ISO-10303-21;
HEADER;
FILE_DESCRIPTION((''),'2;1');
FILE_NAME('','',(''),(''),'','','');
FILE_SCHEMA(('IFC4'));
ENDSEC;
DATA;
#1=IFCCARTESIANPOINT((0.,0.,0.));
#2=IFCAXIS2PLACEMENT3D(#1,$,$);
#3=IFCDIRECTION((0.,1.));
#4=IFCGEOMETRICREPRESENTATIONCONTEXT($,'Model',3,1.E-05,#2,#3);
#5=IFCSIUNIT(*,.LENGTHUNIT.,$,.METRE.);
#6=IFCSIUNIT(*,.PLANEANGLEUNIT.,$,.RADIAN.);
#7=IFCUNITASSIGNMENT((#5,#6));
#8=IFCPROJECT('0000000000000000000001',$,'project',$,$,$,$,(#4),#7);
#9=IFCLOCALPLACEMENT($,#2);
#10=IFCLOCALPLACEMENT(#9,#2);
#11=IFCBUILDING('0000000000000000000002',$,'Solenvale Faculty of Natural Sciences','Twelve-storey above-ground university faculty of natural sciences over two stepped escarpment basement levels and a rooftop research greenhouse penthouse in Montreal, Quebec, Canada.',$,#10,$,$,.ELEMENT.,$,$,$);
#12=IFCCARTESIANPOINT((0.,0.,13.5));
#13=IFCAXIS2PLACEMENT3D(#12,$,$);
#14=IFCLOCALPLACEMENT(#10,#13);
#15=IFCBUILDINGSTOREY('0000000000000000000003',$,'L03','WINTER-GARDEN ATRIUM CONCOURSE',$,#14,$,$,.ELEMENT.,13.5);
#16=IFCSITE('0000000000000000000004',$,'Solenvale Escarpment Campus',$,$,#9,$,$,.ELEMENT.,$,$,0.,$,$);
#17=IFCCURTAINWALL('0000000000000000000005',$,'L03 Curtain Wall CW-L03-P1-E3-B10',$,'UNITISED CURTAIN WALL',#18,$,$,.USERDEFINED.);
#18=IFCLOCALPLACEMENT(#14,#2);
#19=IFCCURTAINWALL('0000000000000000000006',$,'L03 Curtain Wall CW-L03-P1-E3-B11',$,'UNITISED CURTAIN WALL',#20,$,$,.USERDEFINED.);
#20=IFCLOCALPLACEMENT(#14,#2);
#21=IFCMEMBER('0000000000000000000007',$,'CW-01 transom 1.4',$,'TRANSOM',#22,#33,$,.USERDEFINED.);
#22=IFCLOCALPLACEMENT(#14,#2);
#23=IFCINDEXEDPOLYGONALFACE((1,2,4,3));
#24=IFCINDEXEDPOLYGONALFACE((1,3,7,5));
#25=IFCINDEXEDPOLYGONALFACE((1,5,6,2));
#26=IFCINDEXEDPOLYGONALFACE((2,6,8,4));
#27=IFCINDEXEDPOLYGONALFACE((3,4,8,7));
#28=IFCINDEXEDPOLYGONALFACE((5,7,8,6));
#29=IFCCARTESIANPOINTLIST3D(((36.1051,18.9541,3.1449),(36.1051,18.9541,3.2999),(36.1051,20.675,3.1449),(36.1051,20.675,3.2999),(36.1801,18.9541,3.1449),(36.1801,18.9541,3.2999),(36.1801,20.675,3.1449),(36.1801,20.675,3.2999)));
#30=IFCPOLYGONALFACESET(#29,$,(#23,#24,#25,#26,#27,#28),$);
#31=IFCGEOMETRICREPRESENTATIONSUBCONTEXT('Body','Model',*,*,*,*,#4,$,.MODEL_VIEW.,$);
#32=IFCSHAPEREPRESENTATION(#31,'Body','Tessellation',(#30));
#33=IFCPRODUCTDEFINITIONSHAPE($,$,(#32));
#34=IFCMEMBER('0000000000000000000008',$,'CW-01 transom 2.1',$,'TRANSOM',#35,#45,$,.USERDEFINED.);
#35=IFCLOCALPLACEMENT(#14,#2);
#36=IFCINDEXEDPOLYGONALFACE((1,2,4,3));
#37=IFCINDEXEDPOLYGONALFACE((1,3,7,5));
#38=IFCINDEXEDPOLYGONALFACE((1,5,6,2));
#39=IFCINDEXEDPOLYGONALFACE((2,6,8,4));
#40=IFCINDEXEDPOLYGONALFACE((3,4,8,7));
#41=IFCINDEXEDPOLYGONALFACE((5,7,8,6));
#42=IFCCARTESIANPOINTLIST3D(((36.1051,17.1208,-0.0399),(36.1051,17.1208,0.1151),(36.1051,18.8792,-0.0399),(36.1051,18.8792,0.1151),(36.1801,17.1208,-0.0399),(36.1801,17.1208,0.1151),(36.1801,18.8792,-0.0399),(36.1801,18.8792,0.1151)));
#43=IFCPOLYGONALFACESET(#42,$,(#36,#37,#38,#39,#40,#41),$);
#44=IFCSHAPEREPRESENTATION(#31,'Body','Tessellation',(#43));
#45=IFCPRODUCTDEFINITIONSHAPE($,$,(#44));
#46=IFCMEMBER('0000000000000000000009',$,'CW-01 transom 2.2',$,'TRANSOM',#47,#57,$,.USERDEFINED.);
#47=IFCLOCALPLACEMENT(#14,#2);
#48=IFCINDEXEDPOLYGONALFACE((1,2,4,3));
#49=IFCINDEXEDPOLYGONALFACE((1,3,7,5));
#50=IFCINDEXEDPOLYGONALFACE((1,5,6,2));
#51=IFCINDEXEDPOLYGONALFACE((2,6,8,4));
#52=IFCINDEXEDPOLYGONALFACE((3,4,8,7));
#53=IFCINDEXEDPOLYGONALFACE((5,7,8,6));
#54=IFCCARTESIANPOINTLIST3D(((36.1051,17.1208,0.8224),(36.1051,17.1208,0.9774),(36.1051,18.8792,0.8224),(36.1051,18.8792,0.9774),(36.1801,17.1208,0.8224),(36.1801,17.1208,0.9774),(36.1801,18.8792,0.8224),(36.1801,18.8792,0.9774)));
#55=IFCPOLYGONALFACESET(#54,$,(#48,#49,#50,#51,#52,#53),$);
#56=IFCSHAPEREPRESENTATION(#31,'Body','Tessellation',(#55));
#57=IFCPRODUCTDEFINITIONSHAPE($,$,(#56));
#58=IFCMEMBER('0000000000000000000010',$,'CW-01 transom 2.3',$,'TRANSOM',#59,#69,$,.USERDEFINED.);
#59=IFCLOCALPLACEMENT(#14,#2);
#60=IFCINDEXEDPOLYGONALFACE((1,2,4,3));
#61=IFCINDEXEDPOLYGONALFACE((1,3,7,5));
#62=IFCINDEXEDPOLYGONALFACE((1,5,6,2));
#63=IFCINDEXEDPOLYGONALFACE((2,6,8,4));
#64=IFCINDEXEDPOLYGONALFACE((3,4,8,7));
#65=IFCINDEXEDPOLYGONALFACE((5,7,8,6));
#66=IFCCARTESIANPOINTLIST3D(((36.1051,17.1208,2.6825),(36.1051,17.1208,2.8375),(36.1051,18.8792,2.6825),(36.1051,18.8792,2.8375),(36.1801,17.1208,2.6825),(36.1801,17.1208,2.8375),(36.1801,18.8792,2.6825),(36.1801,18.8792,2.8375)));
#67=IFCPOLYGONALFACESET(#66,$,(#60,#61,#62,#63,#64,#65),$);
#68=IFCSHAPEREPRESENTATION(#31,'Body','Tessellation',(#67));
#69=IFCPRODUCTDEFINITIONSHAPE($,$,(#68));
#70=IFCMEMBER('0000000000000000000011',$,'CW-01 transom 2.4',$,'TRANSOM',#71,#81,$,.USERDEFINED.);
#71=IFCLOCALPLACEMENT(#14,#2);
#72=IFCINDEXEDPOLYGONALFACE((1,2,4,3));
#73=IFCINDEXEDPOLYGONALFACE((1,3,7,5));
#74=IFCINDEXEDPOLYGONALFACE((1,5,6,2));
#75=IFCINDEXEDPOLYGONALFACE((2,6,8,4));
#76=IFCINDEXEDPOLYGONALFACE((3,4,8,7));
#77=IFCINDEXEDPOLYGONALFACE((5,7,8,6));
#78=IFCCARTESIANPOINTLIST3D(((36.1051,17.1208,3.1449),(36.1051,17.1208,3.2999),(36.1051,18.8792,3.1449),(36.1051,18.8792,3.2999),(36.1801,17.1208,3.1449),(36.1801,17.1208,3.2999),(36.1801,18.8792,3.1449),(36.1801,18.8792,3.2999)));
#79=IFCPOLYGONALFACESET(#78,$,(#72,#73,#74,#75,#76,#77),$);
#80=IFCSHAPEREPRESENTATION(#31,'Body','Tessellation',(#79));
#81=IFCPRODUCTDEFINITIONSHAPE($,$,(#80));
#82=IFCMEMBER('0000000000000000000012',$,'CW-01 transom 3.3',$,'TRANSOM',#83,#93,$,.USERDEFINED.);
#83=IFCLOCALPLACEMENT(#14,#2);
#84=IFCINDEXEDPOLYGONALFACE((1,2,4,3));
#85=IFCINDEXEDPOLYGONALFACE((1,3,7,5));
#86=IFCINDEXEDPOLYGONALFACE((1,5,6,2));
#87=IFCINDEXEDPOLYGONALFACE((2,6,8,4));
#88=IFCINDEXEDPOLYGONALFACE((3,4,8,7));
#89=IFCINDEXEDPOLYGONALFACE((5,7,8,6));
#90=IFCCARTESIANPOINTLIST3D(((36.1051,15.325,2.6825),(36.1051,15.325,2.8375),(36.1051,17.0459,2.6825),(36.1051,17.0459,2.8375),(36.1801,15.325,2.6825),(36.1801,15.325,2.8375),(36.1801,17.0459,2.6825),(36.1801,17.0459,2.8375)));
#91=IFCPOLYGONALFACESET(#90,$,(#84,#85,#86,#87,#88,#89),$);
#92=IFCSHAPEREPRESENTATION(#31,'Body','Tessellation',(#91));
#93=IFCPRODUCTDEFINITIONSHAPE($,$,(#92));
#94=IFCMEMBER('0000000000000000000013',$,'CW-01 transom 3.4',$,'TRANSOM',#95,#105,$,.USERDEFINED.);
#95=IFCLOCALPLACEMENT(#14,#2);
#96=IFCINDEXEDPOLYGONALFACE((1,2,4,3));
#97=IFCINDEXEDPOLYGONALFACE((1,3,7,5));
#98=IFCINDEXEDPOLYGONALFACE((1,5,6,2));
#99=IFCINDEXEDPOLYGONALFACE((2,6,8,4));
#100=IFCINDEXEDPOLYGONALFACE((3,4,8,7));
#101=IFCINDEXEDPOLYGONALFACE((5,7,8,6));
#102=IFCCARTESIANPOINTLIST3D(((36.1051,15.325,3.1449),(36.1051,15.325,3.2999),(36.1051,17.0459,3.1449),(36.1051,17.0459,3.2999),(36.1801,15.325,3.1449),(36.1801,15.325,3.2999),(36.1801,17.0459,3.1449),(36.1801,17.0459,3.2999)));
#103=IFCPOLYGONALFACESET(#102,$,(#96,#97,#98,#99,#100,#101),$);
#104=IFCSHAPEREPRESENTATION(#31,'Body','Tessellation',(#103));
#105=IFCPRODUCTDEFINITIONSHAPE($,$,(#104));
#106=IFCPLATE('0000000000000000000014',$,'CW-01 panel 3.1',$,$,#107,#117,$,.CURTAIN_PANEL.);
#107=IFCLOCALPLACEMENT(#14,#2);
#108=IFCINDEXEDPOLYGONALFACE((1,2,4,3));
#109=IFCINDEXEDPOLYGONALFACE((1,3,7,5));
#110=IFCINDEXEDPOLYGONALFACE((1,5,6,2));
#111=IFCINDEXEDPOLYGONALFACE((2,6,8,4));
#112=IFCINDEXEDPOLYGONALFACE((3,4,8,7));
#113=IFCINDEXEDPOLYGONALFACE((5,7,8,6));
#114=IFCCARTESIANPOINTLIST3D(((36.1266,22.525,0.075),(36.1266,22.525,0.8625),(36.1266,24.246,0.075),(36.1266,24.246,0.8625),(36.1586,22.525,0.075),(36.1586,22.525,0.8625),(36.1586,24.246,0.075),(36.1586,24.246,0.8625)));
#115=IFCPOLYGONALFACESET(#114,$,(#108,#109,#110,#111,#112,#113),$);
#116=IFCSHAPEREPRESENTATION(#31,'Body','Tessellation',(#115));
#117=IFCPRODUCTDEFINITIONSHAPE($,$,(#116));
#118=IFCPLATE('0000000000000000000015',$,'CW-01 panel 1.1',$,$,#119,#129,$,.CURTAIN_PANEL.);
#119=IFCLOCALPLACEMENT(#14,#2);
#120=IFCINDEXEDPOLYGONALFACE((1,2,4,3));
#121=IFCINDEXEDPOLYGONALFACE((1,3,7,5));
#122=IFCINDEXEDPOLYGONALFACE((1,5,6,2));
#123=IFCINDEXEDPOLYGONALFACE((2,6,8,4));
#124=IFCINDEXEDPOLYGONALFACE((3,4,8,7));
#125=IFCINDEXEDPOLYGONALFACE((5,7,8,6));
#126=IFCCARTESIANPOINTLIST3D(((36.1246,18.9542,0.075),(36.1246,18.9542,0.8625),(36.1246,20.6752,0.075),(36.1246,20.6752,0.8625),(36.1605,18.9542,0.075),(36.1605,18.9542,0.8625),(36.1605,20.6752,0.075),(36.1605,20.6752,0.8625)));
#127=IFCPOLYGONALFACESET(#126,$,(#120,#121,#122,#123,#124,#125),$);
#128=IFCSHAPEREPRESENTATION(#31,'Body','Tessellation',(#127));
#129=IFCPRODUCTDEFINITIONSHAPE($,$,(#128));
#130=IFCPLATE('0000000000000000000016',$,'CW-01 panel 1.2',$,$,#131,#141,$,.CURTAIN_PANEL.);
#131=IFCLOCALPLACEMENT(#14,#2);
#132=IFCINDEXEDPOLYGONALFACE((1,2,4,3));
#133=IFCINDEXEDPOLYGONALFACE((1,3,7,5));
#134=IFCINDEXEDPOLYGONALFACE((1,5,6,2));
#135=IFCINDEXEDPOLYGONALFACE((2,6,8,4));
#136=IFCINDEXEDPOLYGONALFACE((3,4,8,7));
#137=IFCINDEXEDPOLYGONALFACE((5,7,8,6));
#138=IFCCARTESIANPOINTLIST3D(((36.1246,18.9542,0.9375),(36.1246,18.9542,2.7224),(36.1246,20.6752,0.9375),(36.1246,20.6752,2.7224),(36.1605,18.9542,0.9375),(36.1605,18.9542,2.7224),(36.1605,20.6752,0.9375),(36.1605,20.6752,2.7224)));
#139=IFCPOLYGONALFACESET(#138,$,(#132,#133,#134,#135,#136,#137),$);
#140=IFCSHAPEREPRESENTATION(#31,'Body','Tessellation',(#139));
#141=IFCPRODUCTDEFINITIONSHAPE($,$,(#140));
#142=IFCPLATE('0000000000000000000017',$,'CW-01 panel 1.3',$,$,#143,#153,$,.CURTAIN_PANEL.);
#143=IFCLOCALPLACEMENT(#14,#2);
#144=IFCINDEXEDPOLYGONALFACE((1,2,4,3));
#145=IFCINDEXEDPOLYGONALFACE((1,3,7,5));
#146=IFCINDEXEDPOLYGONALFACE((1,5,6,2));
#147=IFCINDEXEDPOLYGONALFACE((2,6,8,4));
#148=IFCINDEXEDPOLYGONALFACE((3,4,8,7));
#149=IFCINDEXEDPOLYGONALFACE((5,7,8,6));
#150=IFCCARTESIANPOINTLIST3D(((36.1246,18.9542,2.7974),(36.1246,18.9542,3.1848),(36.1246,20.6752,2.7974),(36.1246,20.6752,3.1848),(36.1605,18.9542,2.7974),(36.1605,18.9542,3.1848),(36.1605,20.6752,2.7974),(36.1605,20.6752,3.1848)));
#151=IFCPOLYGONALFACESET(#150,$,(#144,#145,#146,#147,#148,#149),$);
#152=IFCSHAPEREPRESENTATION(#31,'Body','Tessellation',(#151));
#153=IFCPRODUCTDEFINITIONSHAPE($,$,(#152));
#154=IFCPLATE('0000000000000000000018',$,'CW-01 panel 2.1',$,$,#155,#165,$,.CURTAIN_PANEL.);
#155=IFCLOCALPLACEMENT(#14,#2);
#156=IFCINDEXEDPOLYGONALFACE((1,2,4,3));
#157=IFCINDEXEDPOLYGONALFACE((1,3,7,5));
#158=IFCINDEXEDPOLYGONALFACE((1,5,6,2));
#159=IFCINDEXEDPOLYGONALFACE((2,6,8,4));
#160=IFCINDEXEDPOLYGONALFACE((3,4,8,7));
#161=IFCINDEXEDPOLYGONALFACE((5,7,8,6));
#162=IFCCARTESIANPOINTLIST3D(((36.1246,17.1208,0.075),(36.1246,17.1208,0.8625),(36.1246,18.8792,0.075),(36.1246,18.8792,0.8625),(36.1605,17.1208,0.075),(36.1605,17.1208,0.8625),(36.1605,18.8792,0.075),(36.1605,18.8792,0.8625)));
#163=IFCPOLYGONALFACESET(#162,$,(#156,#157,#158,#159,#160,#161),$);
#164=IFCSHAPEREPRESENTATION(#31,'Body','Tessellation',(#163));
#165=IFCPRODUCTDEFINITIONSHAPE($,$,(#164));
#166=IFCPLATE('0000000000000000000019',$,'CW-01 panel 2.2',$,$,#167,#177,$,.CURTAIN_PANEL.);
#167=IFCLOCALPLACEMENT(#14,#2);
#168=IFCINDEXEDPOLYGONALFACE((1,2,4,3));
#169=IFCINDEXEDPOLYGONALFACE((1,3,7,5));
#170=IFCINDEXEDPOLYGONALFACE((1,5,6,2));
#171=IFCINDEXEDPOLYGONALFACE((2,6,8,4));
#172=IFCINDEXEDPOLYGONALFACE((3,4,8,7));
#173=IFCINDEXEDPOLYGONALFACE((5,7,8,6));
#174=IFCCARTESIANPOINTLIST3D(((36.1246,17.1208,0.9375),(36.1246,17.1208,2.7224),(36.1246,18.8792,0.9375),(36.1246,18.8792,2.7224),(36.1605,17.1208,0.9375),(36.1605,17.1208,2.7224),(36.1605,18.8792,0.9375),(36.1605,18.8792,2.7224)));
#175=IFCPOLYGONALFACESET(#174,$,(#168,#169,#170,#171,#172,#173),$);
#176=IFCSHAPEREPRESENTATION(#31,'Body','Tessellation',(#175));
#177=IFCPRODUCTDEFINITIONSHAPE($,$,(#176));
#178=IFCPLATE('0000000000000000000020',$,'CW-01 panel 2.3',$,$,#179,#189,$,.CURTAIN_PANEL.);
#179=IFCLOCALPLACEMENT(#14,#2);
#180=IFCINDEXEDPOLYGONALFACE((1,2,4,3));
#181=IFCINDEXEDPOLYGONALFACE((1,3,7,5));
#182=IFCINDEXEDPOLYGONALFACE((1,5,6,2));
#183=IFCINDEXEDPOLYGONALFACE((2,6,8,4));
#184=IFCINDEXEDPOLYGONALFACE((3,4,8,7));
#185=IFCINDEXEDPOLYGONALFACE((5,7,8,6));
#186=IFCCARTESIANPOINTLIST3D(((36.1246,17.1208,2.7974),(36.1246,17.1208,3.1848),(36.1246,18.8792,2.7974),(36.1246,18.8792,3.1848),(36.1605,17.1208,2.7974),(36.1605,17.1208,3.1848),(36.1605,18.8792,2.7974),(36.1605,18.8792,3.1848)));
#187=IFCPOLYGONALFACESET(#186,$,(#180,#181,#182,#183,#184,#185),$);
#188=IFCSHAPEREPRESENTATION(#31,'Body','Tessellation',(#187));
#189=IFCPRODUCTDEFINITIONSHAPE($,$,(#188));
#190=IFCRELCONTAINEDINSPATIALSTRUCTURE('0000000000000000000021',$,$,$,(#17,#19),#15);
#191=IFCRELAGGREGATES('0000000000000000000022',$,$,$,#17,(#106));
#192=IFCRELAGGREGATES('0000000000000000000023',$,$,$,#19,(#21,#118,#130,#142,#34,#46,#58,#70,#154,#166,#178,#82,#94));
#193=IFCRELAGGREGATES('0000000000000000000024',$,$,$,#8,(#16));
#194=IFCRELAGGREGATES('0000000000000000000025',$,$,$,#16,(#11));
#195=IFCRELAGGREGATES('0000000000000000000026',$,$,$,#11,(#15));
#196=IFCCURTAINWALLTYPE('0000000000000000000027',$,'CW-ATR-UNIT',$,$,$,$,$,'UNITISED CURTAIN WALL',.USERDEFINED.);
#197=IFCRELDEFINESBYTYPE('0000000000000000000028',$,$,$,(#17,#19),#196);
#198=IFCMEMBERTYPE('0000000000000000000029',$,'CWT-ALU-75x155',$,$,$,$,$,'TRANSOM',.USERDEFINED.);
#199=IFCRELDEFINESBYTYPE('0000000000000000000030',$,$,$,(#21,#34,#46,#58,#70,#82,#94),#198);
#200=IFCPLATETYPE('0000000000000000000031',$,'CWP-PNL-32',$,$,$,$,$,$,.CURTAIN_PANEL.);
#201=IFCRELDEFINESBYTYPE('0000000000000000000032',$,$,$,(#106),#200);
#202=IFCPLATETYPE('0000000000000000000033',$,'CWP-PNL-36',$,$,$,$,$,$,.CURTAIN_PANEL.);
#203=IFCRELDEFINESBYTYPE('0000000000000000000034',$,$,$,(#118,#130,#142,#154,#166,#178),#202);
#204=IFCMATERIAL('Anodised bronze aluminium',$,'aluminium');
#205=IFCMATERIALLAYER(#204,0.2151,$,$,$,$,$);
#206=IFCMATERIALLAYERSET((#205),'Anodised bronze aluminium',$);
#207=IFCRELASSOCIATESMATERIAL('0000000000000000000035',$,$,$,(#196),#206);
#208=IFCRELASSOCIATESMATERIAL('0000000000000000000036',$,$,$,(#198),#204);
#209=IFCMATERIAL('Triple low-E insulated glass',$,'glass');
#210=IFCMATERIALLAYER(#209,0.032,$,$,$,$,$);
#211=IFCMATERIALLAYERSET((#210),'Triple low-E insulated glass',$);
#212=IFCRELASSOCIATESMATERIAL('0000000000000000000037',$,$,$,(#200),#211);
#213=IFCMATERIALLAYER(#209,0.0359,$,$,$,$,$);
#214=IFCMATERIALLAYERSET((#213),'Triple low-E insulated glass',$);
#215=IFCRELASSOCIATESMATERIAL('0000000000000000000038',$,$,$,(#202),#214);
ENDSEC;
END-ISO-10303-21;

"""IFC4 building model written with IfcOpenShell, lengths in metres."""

from ifc_helpers import new_model, si_unit, direction, frame, origin, origin_2d, place, context, subcontext, project, spatial, rectangle, extrude, material, layer, layer_set, material_profile, profile_set, type_object, element, aggregate, save


model = new_model("IFC4")

# Units and contexts
model_context = context("Model", 3, precision=1e-05, world=origin(), true_north=direction((0.0, 1.0)))
body_context = subcontext(model_context, "Body", "Model", "MODEL_VIEW")
ifc_project = project(units=[si_unit("LENGTHUNIT", "METRE"), si_unit("PLANEANGLEUNIT", "RADIAN")], contexts=[model_context])

# Site, building, storey
site_placement = place(None, origin())
site = spatial("IfcSite", under=ifc_project, at=site_placement, Name="Solenvale Escarpment Campus", CompositionType="ELEMENT", RefElevation=0.0)
building_placement = place(site_placement, origin())
building = spatial("IfcBuilding", under=site, at=building_placement, Name="Solenvale Faculty of Natural Sciences", Description="Twelve-storey above-ground university faculty of natural sciences over two stepped escarpment basement levels and a rooftop research greenhouse penthouse in Montreal, Quebec, Canada.", CompositionType="ELEMENT")
storey_placement = place(building_placement, frame((0.0, 0.0, 13.5)))
storey = spatial("IfcBuildingStorey", under=building, at=storey_placement, Name="L03", Description="WINTER-GARDEN ATRIUM CONCOURSE", CompositionType="ELEMENT", Elevation=13.5)

# Curtain wall
ifc_material_1 = material(Name="Anodised bronze aluminium", Category="aluminium")
ifc_layer_1 = layer(ifc_material_1, 0.2151)
ifc_layer_set_1 = layer_set([ifc_layer_1], Name="Anodised bronze aluminium")
curtain_wall_type = type_object("IfcCurtainWallType", Name="CW-ATR-UNIT", ElementType="UNITISED CURTAIN WALL", PredefinedType="USERDEFINED", material=ifc_layer_set_1)
curtain_wall_1_placement = place(storey_placement, origin())
curtain_wall_1 = element("IfcCurtainWall", 1, at=curtain_wall_1_placement, inside=storey, type_object=curtain_wall_type, Name="L03 Curtain Wall CW-L03-P1-E3-B10", ObjectType="UNITISED CURTAIN WALL", PredefinedType="USERDEFINED")

# Curtain wall, members
curtain_wall_2_placement = place(storey_placement, origin())
curtain_wall_2 = element("IfcCurtainWall", 2, at=curtain_wall_2_placement, inside=storey, type_object=curtain_wall_type, Name="L03 Curtain Wall CW-L03-P1-E3-B11", ObjectType="UNITISED CURTAIN WALL", PredefinedType="USERDEFINED")
ifc_material_profile_1 = material_profile(ifc_material_1, rectangle(XDim=0.075, YDim=0.155, at=origin_2d()), Name="ALU-TRN-75x155")
ifc_profile_set_1 = profile_set([ifc_material_profile_1], Name="Anodised bronze aluminium")
member_type_1 = type_object("IfcMemberType", Name="CWT-ALU-75x155", ElementType="TRANSOM", PredefinedType="USERDEFINED", material=ifc_profile_set_1)
member_1_placement = place(storey_placement, frame((36.1426, 20.675, 3.2224), z_axis=(0.0, -1.0, 0.0), x_axis=(1.0, 0.0, 0.0)))
member_1 = element("IfcMember", 3, at=member_1_placement, type_object=member_type_1, Name="CW-01 transom 1.4", ObjectType="TRANSOM", PredefinedType="USERDEFINED", context=body_context, shape_type="SweptSolid", body=[
    extrude(rectangle(XDim=0.075, YDim=0.155, at=origin_2d()), origin(), (0.0, 0.0, 1.0), 1.7209),
])
member_2_placement = place(storey_placement, frame((36.1426, 18.8792, 0.0376), z_axis=(0.0, -1.0, 0.0), x_axis=(1.0, 0.0, 0.0)))
member_2 = element("IfcMember", 4, at=member_2_placement, type_object=member_type_1, Name="CW-01 transom 2.1", ObjectType="TRANSOM", PredefinedType="USERDEFINED", context=body_context, shape_type="SweptSolid", body=[
    extrude(rectangle(XDim=0.075, YDim=0.155, at=origin_2d()), origin(), (0.0, 0.0, 1.0), 1.7583),
])
member_3_placement = place(storey_placement, frame((36.1426, 18.8792, 0.8999), z_axis=(0.0, -1.0, 0.0), x_axis=(1.0, 0.0, 0.0)))
member_3 = element("IfcMember", 5, at=member_3_placement, type_object=member_type_1, Name="CW-01 transom 2.2", ObjectType="TRANSOM", PredefinedType="USERDEFINED", context=body_context, shape_type="SweptSolid", body=[
    extrude(rectangle(XDim=0.075, YDim=0.155, at=origin_2d()), origin(), (0.0, 0.0, 1.0), 1.7583),
])
member_4_placement = place(storey_placement, frame((36.1426, 18.8792, 2.76), z_axis=(0.0, -1.0, 0.0), x_axis=(1.0, 0.0, 0.0)))
member_4 = element("IfcMember", 6, at=member_4_placement, type_object=member_type_1, Name="CW-01 transom 2.3", ObjectType="TRANSOM", PredefinedType="USERDEFINED", context=body_context, shape_type="SweptSolid", body=[
    extrude(rectangle(XDim=0.075, YDim=0.155, at=origin_2d()), origin(), (0.0, 0.0, 1.0), 1.7583),
])
member_5_placement = place(storey_placement, frame((36.1426, 18.8792, 3.2224), z_axis=(0.0, -1.0, 0.0), x_axis=(1.0, 0.0, 0.0)))
member_5 = element("IfcMember", 7, at=member_5_placement, type_object=member_type_1, Name="CW-01 transom 2.4", ObjectType="TRANSOM", PredefinedType="USERDEFINED", context=body_context, shape_type="SweptSolid", body=[
    extrude(rectangle(XDim=0.075, YDim=0.155, at=origin_2d()), origin(), (0.0, 0.0, 1.0), 1.7583),
])
member_6_placement = place(storey_placement, frame((36.1426, 17.0459, 2.76), z_axis=(0.0, -1.0, 0.0), x_axis=(1.0, 0.0, 0.0)))
member_6 = element("IfcMember", 8, at=member_6_placement, type_object=member_type_1, Name="CW-01 transom 3.3", ObjectType="TRANSOM", PredefinedType="USERDEFINED", context=body_context, shape_type="SweptSolid", body=[
    extrude(rectangle(XDim=0.075, YDim=0.155, at=origin_2d()), origin(), (0.0, 0.0, 1.0), 1.7209),
])
member_7_placement = place(storey_placement, frame((36.1426, 17.0459, 3.2224), z_axis=(0.0, -1.0, 0.0), x_axis=(1.0, 0.0, 0.0)))
member_7 = element("IfcMember", 9, at=member_7_placement, type_object=member_type_1, Name="CW-01 transom 3.4", ObjectType="TRANSOM", PredefinedType="USERDEFINED", context=body_context, shape_type="SweptSolid", body=[
    extrude(rectangle(XDim=0.075, YDim=0.155, at=origin_2d()), origin(), (0.0, 0.0, 1.0), 1.7209),
])

# Plates
ifc_material_2 = material(Name="Triple low-E insulated glass", Category="glass")
ifc_layer_2 = layer(ifc_material_2, 0.032)
ifc_layer_set_2 = layer_set([ifc_layer_2], Name="Triple low-E insulated glass")
plate_type_1 = type_object("IfcPlateType", Name="CWP-PNL-32", PredefinedType="CURTAIN_PANEL", material=ifc_layer_set_2)
plate_1_placement = place(storey_placement, frame((36.1426, 23.3855, 0.075), z_axis=(0.0, 0.0, 1.0), x_axis=(0.0, -1.0, 0.0)))
plate_1 = element("IfcPlate", 10, at=plate_1_placement, type_object=plate_type_1, Name="CW-01 panel 3.1", PredefinedType="CURTAIN_PANEL", context=body_context, shape_type="SweptSolid", body=[
    extrude(rectangle(XDim=1.7209, YDim=0.032, at=origin_2d()), origin(), (0.0, 0.0, 1.0), 0.7876),
])
aggregate(curtain_wall_1, [plate_1])
ifc_layer_3 = layer(ifc_material_2, 0.0359)
ifc_layer_set_3 = layer_set([ifc_layer_3], Name="Triple low-E insulated glass")
plate_type_2 = type_object("IfcPlateType", Name="CWP-PNL-36", PredefinedType="CURTAIN_PANEL", material=ifc_layer_set_3)
plate_2_placement = place(storey_placement, frame((36.1426, 19.8147, 0.075), z_axis=(0.0, 0.0, 1.0), x_axis=(0.0, -1.0, 0.0)))
plate_2 = element("IfcPlate", 11, at=plate_2_placement, type_object=plate_type_2, Name="CW-01 panel 1.1", PredefinedType="CURTAIN_PANEL", context=body_context, shape_type="SweptSolid", body=[
    extrude(rectangle(XDim=1.7209, YDim=0.0359, at=origin_2d()), origin(), (0.0, 0.0, 1.0), 0.7876),
])
plate_3_placement = place(storey_placement, frame((36.1426, 19.8147, 0.9375), z_axis=(0.0, 0.0, 1.0), x_axis=(0.0, -1.0, 0.0)))
plate_3 = element("IfcPlate", 12, at=plate_3_placement, type_object=plate_type_2, Name="CW-01 panel 1.2", PredefinedType="CURTAIN_PANEL", context=body_context, shape_type="SweptSolid", body=[
    extrude(rectangle(XDim=1.7209, YDim=0.0359, at=origin_2d()), origin(), (0.0, 0.0, 1.0), 1.7849),
])
plate_4_placement = place(storey_placement, frame((36.1426, 19.8147, 2.7974), z_axis=(0.0, 0.0, 1.0), x_axis=(0.0, -1.0, 0.0)))
plate_4 = element("IfcPlate", 13, at=plate_4_placement, type_object=plate_type_2, Name="CW-01 panel 1.3", PredefinedType="CURTAIN_PANEL", context=body_context, shape_type="SweptSolid", body=[
    extrude(rectangle(XDim=1.7209, YDim=0.0359, at=origin_2d()), origin(), (0.0, 0.0, 1.0), 0.3875),
])
plate_5_placement = place(storey_placement, frame((36.1426, 18.0, 0.075), z_axis=(0.0, 0.0, 1.0), x_axis=(0.0, -1.0, 0.0)))
plate_5 = element("IfcPlate", 14, at=plate_5_placement, type_object=plate_type_2, Name="CW-01 panel 2.1", PredefinedType="CURTAIN_PANEL", context=body_context, shape_type="SweptSolid", body=[
    extrude(rectangle(XDim=1.7583, YDim=0.0359, at=origin_2d()), origin(), (0.0, 0.0, 1.0), 0.7876),
])
plate_6_placement = place(storey_placement, frame((36.1426, 18.0, 0.9375), z_axis=(0.0, 0.0, 1.0), x_axis=(0.0, -1.0, 0.0)))
plate_6 = element("IfcPlate", 15, at=plate_6_placement, type_object=plate_type_2, Name="CW-01 panel 2.2", PredefinedType="CURTAIN_PANEL", context=body_context, shape_type="SweptSolid", body=[
    extrude(rectangle(XDim=1.7583, YDim=0.0359, at=origin_2d()), origin(), (0.0, 0.0, 1.0), 1.7849),
])
plate_7_placement = place(storey_placement, frame((36.1426, 18.0, 2.7974), z_axis=(0.0, 0.0, 1.0), x_axis=(0.0, -1.0, 0.0)))
plate_7 = element("IfcPlate", 16, at=plate_7_placement, type_object=plate_type_2, Name="CW-01 panel 2.3", PredefinedType="CURTAIN_PANEL", context=body_context, shape_type="SweptSolid", body=[
    extrude(rectangle(XDim=1.7583, YDim=0.0359, at=origin_2d()), origin(), (0.0, 0.0, 1.0), 0.3875),
])
aggregate(curtain_wall_2, [member_1, plate_2, plate_3, plate_4, member_2, member_3, member_4, member_5, plate_5, plate_6, plate_7, member_6, member_7])

save(model, "model.ifc")
